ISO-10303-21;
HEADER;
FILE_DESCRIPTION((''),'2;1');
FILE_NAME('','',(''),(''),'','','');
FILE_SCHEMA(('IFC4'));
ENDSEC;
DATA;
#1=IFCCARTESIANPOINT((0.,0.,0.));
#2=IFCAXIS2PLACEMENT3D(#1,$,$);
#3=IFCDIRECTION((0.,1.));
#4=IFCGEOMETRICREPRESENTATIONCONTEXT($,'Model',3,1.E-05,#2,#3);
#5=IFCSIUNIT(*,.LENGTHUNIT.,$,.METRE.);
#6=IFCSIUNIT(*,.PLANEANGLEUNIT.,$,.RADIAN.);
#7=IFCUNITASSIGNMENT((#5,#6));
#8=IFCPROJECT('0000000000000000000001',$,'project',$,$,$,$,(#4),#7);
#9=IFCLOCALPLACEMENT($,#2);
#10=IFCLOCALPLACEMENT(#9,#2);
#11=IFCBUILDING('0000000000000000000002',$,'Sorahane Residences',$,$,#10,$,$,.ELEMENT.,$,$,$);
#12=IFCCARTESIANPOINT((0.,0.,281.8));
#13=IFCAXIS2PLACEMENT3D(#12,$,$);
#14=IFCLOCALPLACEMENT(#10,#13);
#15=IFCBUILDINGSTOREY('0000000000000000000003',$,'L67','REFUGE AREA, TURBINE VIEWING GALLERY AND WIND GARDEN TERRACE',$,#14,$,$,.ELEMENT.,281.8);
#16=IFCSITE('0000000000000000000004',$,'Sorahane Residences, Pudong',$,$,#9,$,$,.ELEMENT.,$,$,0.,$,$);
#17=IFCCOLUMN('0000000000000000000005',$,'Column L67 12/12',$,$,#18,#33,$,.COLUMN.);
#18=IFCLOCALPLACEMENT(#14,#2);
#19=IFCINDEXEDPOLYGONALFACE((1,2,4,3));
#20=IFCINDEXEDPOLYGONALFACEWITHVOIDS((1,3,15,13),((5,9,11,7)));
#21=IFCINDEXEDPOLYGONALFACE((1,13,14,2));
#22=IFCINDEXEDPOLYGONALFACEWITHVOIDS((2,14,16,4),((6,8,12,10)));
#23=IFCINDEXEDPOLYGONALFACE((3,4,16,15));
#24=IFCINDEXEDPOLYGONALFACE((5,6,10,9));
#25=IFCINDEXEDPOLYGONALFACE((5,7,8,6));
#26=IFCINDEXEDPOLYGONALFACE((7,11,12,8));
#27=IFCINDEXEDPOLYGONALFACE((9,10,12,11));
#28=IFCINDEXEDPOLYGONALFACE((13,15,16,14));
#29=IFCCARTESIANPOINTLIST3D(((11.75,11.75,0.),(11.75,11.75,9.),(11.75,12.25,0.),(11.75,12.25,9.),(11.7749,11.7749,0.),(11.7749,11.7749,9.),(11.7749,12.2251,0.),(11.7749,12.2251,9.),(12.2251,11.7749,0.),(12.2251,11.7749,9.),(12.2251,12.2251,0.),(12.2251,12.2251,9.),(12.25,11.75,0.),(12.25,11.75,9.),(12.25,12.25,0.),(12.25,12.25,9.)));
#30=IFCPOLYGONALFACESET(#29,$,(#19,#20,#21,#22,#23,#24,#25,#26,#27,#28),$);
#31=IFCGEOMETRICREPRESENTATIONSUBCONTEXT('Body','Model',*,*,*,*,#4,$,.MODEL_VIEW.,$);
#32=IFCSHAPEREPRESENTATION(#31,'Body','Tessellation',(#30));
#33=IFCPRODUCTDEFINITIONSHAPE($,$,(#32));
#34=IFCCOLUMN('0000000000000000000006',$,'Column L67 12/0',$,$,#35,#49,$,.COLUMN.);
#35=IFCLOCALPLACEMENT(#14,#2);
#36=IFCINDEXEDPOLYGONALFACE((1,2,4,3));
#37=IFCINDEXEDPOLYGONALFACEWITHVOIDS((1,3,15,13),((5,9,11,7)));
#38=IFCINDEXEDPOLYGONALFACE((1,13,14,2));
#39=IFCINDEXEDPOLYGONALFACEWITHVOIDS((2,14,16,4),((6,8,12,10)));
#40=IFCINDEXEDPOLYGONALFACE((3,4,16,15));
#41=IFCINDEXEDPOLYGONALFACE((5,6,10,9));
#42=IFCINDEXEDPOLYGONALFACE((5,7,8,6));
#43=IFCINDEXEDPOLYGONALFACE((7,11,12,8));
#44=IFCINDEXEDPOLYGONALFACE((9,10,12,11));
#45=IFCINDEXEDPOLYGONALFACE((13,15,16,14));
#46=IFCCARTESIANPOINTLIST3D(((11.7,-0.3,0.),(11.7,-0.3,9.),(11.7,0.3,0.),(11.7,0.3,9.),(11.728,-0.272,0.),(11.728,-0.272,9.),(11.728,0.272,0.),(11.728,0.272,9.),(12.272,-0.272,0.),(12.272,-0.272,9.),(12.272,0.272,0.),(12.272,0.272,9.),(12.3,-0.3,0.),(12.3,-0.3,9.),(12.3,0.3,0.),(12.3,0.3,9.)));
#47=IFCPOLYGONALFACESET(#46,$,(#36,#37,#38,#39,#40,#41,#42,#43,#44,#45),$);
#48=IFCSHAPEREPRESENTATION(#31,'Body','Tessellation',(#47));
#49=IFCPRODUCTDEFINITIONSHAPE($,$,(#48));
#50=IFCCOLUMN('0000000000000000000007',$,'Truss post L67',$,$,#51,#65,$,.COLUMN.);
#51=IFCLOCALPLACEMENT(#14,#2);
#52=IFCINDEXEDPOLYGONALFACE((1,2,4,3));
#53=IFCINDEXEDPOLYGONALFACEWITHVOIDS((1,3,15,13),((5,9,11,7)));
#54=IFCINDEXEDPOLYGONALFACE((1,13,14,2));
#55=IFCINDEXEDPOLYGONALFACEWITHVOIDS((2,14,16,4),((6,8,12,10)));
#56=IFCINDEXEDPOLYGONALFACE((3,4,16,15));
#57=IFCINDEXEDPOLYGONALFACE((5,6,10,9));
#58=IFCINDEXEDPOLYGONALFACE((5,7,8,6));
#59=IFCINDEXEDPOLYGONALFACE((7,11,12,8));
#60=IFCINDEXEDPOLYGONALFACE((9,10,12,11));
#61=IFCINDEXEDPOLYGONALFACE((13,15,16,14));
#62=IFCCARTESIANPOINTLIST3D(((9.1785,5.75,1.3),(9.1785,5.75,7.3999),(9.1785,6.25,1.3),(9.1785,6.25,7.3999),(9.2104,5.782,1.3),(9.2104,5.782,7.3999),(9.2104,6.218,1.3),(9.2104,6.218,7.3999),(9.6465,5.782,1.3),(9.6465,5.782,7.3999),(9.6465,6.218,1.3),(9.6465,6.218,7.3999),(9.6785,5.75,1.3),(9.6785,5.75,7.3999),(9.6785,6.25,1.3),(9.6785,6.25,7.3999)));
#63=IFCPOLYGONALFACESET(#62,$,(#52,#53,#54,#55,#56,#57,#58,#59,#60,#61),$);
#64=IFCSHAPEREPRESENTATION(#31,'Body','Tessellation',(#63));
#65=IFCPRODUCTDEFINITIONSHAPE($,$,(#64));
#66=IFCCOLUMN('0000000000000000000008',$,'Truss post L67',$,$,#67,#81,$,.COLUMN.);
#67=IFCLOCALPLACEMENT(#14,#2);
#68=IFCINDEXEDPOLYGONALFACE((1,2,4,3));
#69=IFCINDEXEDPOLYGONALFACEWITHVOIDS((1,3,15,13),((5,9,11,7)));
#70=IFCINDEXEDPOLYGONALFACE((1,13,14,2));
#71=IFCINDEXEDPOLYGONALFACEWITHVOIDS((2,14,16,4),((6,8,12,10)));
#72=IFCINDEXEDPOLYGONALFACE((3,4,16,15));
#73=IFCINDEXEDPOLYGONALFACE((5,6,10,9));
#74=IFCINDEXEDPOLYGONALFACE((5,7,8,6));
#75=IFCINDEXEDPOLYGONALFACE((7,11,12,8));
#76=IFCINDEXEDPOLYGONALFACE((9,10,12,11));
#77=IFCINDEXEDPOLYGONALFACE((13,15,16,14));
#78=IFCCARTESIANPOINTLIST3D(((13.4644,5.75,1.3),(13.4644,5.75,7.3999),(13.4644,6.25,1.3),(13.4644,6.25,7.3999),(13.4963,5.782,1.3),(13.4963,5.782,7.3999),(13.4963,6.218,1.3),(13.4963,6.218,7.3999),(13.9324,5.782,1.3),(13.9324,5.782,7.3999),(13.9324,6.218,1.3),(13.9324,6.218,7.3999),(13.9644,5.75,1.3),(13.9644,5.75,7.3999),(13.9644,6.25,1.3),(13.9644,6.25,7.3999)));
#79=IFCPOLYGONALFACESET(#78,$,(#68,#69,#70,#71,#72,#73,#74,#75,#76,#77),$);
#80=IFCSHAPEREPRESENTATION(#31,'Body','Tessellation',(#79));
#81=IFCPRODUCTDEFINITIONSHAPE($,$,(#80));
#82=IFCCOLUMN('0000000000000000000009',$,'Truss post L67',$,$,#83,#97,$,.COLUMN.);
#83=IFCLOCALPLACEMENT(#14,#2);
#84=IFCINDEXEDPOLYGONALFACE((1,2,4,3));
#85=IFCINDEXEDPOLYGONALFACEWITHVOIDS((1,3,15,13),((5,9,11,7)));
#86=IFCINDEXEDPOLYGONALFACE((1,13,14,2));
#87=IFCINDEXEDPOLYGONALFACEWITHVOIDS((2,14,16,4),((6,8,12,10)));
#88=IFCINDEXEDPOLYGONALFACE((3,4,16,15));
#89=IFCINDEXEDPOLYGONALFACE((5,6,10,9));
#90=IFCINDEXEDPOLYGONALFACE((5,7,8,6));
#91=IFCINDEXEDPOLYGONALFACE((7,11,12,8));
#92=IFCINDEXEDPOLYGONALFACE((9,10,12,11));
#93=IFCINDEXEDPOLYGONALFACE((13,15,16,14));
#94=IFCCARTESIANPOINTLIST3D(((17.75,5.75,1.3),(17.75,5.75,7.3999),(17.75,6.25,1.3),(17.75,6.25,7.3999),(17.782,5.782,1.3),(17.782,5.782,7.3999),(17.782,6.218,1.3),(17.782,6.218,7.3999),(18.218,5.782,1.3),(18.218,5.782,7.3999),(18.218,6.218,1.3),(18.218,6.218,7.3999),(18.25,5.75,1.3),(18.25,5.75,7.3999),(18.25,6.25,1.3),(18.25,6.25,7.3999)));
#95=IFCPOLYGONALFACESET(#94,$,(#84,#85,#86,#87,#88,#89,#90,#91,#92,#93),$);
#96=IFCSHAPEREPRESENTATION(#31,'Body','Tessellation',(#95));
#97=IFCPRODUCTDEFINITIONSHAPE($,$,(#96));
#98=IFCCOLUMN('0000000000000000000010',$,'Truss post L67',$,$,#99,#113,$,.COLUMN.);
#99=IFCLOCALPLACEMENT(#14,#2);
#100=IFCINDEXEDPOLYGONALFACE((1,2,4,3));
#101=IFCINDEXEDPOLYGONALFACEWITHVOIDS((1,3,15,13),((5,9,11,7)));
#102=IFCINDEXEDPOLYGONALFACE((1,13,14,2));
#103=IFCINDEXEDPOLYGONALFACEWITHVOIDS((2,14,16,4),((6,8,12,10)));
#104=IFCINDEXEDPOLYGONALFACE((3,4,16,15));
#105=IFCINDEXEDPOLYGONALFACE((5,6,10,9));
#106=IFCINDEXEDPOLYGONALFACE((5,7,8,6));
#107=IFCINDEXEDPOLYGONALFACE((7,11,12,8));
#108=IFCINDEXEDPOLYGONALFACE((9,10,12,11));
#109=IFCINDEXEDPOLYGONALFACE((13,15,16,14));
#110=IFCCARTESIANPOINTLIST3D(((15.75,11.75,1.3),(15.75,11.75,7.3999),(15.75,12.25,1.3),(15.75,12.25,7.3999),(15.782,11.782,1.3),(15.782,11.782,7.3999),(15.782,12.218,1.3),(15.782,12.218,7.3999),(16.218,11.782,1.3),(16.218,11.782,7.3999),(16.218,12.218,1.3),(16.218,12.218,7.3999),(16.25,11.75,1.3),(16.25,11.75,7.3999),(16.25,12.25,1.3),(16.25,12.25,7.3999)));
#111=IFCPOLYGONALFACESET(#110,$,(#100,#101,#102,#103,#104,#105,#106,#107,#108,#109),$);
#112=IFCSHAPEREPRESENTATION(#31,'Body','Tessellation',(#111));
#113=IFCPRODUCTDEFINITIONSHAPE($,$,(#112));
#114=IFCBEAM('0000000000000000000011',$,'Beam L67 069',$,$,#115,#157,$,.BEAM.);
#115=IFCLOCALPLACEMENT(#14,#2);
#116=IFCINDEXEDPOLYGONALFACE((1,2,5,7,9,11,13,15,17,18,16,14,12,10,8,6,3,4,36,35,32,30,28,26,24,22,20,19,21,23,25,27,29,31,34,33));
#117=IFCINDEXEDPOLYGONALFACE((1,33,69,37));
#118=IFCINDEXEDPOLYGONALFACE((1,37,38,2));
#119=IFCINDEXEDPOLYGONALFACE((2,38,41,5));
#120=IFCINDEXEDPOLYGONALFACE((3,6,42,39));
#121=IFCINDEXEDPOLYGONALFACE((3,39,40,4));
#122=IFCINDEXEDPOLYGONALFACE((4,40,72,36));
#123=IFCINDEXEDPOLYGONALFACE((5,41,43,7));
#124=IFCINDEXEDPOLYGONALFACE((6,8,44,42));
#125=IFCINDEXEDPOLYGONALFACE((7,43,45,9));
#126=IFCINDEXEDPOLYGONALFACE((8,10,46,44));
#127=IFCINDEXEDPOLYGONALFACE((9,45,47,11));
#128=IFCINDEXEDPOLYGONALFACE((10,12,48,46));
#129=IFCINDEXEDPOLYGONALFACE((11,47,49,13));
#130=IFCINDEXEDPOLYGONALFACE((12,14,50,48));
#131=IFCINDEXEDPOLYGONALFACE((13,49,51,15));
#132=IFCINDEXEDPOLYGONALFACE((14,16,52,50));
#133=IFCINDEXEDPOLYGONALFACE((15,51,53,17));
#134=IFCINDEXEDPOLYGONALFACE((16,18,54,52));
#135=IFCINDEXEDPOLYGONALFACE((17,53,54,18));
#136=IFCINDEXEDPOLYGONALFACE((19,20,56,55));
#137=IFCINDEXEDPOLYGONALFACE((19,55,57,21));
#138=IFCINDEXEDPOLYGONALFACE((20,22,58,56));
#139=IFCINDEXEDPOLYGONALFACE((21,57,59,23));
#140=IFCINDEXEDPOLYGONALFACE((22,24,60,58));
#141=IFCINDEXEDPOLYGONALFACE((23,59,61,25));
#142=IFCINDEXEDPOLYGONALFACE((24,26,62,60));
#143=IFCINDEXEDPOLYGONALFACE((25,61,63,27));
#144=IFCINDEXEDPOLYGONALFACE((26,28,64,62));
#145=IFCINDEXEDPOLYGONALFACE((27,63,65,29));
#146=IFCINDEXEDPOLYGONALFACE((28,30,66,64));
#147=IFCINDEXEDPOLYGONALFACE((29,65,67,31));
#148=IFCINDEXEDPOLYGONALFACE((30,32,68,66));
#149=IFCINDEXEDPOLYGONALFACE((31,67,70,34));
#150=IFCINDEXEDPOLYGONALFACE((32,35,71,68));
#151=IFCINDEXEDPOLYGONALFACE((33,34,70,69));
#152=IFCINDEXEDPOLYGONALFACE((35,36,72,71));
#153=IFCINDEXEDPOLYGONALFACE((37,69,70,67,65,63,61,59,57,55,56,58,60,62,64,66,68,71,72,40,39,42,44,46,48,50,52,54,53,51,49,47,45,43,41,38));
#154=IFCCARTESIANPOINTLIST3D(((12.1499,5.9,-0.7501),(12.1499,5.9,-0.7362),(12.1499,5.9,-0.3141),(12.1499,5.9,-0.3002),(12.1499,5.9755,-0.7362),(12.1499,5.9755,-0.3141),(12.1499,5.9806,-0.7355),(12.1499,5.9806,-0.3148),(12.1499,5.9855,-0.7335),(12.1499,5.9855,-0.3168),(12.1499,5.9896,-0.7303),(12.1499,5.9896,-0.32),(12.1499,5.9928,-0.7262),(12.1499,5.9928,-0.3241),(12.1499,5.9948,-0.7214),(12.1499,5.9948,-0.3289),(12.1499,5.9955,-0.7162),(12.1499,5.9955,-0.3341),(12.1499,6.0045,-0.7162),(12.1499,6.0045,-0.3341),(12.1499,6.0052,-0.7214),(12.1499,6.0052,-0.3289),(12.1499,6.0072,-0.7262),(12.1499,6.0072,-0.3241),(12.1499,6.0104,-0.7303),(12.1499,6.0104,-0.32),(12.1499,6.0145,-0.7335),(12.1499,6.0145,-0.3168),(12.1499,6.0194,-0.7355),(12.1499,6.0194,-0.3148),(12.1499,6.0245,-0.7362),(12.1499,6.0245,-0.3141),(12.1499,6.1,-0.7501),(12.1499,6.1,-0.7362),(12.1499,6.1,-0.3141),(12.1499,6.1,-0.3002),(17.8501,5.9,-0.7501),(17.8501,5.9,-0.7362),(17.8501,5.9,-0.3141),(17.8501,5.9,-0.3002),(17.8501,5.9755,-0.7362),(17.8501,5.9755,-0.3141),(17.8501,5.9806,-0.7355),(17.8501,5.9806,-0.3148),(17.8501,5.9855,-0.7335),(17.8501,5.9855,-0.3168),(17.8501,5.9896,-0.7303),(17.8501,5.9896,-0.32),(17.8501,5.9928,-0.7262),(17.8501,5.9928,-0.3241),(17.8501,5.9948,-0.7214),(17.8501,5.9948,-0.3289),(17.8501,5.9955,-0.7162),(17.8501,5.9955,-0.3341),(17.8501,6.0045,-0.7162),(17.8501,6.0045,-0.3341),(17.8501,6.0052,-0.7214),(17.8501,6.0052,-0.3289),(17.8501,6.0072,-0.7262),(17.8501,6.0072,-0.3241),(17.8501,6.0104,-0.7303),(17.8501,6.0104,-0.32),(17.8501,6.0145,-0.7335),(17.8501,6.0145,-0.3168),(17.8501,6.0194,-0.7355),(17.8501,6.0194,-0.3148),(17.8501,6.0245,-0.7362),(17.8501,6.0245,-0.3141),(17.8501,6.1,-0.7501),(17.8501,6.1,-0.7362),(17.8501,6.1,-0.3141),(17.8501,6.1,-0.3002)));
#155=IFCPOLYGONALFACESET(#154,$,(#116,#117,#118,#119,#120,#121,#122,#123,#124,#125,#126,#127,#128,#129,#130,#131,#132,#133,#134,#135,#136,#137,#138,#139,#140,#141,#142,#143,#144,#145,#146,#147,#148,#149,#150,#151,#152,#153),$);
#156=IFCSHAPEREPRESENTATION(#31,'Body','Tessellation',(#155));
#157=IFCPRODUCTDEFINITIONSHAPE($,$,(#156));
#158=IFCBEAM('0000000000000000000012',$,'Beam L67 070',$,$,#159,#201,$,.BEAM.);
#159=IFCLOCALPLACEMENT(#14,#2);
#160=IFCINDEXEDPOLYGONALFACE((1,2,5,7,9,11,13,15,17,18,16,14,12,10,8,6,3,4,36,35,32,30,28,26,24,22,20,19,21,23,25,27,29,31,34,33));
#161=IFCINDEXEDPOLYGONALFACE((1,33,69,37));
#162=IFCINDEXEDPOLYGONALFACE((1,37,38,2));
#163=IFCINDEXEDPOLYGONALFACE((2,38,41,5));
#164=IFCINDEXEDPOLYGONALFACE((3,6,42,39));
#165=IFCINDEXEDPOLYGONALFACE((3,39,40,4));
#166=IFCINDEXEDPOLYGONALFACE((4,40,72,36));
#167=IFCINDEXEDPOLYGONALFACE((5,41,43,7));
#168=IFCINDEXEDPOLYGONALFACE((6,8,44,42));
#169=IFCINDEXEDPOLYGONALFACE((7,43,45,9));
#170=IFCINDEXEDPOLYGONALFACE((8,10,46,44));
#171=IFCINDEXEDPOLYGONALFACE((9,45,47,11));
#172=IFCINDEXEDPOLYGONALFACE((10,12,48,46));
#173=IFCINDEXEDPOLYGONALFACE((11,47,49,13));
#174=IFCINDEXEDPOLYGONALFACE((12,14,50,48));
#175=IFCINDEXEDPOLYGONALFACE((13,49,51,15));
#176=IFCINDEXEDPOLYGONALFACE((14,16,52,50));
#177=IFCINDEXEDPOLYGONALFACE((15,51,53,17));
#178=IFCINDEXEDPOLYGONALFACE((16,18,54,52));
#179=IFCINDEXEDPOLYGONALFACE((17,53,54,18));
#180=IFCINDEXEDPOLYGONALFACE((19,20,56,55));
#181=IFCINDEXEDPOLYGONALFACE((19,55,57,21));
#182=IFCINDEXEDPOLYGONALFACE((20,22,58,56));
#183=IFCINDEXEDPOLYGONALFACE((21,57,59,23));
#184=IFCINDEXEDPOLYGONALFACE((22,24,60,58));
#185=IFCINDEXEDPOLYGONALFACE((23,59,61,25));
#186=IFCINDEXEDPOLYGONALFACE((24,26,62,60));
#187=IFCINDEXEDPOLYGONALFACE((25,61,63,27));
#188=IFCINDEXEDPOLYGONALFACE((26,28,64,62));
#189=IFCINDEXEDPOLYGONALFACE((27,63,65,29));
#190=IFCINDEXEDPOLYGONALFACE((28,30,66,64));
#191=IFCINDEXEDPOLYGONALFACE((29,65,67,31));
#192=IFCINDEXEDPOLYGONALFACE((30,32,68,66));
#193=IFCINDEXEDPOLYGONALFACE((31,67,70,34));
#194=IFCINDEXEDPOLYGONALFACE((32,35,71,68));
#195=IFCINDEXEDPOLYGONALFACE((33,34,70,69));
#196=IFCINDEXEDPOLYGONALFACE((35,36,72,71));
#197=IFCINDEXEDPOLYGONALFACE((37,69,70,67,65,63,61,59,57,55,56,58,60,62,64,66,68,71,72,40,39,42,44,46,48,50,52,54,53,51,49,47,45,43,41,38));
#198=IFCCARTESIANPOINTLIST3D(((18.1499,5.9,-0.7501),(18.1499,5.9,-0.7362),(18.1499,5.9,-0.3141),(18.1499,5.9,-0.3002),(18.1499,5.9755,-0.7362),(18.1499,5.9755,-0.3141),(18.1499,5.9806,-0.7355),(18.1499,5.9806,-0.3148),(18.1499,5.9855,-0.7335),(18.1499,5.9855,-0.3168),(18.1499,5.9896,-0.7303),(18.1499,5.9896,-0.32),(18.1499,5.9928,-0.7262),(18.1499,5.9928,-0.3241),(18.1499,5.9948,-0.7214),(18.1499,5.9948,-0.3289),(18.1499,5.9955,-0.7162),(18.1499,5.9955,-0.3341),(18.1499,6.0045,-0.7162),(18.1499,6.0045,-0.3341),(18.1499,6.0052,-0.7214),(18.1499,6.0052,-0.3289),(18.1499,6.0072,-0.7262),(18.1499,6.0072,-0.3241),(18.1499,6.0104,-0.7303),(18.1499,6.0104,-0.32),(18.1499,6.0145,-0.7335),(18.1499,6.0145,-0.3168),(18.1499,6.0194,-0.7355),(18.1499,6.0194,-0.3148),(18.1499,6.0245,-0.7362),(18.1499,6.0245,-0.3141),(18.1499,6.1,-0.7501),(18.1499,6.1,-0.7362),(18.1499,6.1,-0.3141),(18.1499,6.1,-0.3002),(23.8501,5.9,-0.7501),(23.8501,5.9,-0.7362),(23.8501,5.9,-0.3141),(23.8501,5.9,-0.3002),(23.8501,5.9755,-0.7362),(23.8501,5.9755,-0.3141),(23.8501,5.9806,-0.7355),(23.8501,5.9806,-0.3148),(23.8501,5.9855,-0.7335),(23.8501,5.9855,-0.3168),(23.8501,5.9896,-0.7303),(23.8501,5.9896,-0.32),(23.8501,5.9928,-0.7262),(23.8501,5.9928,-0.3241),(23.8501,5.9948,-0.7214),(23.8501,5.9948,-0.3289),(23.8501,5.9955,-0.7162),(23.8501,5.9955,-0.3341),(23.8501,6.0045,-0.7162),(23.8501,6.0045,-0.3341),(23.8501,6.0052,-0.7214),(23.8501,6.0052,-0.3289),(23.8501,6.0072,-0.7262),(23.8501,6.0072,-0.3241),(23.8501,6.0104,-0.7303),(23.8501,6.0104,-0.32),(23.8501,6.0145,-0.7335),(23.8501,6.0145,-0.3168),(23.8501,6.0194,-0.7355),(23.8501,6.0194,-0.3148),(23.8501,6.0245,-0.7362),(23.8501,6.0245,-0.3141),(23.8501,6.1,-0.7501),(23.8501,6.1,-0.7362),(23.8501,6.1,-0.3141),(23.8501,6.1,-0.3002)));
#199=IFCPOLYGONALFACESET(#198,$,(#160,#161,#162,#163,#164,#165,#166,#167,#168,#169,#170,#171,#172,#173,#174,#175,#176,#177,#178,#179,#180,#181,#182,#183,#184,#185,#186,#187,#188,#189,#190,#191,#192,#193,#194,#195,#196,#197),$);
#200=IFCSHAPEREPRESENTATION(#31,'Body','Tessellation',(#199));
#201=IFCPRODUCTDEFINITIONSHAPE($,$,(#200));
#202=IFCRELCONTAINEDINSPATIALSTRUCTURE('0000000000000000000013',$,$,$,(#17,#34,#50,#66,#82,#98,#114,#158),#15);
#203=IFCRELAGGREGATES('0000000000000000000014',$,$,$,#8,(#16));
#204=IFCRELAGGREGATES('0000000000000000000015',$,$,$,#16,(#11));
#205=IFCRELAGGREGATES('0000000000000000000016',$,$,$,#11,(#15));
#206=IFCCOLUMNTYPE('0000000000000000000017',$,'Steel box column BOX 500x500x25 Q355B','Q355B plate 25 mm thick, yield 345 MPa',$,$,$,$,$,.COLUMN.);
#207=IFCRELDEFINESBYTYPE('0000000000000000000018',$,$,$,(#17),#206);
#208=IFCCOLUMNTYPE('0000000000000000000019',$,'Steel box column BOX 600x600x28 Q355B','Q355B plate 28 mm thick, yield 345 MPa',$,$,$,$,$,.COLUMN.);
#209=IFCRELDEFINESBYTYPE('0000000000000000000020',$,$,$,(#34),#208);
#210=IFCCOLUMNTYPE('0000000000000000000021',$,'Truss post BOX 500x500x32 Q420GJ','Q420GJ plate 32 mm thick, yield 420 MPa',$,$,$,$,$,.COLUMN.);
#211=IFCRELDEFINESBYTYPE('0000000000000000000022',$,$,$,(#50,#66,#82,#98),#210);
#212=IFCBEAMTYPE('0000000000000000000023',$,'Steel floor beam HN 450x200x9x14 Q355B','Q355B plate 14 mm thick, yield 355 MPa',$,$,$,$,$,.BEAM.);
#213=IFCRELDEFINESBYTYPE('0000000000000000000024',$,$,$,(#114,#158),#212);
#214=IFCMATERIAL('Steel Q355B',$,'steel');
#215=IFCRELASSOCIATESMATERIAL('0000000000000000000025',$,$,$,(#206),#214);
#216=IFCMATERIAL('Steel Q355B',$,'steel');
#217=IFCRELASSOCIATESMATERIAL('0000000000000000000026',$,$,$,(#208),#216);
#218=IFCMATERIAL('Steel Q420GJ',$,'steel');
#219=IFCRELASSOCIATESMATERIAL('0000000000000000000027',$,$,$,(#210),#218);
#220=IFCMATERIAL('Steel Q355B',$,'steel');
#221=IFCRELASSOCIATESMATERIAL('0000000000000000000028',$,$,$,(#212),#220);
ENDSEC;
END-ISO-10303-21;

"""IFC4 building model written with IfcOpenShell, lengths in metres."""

from ifc_helpers import new_model, si_unit, direction, frame, origin, origin_2d, place, context, subcontext, project, spatial, hollow_rectangle, i_section, extrude, material, material_profile, profile_set, type_object, element, save


model = new_model("IFC4")

# Units and contexts
model_context = context("Model", 3, precision=1e-05, world=origin(), true_north=direction((0.0, 1.0)))
body_context = subcontext(model_context, "Body", "Model", "MODEL_VIEW")
ifc_project = project(units=[si_unit("LENGTHUNIT", "METRE"), si_unit("PLANEANGLEUNIT", "RADIAN")], contexts=[model_context])

# Site, building, storey
site_placement = place(None, origin())
site = spatial("IfcSite", under=ifc_project, at=site_placement, Name="Sorahane Residences, Pudong", CompositionType="ELEMENT", RefElevation=0.0)
building_placement = place(site_placement, origin())
building = spatial("IfcBuilding", under=site, at=building_placement, Name="Sorahane Residences", CompositionType="ELEMENT")
storey_placement = place(building_placement, frame((0.0, 0.0, 281.8)))
storey = spatial("IfcBuildingStorey", under=building, at=storey_placement, Name="L67", Description="REFUGE AREA, TURBINE VIEWING GALLERY AND WIND GARDEN TERRACE", CompositionType="ELEMENT", Elevation=281.8)

# Columns
ifc_material_1 = material(Name="Steel Q355B", Category="steel")
ifc_material_profile_1 = material_profile(ifc_material_1, hollow_rectangle(XDim=0.5, YDim=0.5, WallThickness=0.0249, at=origin_2d()), Name="BOX 500x500x25")
ifc_profile_set_1 = profile_set([ifc_material_profile_1], Name="Steel Q355B")
column_type_1 = type_object("IfcColumnType", Name="Steel box column BOX 500x500x25 Q355B", Description="Q355B plate 25 mm thick, yield 345 MPa", PredefinedType="COLUMN", material=ifc_profile_set_1)
column_1_placement = place(storey_placement, frame((12.0, 12.0, 0.0), z_axis=(0.0, 0.0, 1.0), x_axis=(1.0, 0.0, 0.0)))
element("IfcColumn", 1, at=column_1_placement, inside=storey, type_object=column_type_1, Name="Column L67 12/12", PredefinedType="COLUMN", context=body_context, shape_type="SweptSolid", body=[
    extrude(hollow_rectangle(XDim=0.5, YDim=0.5, WallThickness=0.0249, at=origin_2d()), origin(), (0.0, 0.0, 1.0), 9.0),
])
ifc_material_2 = material(Name="Steel Q355B", Category="steel")
ifc_material_profile_2 = material_profile(ifc_material_2, hollow_rectangle(XDim=0.6001, YDim=0.6001, WallThickness=0.0281, at=origin_2d()), Name="BOX 600x600x28")
ifc_profile_set_2 = profile_set([ifc_material_profile_2], Name="Steel Q355B")
column_type_2 = type_object("IfcColumnType", Name="Steel box column BOX 600x600x28 Q355B", Description="Q355B plate 28 mm thick, yield 345 MPa", PredefinedType="COLUMN", material=ifc_profile_set_2)
column_2_placement = place(storey_placement, frame((12.0, 0.0, 0.0), z_axis=(0.0, 0.0, 1.0), x_axis=(1.0, 0.0, 0.0)))
element("IfcColumn", 2, at=column_2_placement, inside=storey, type_object=column_type_2, Name="Column L67 12/0", PredefinedType="COLUMN", context=body_context, shape_type="SweptSolid", body=[
    extrude(hollow_rectangle(XDim=0.6001, YDim=0.6001, WallThickness=0.0281, at=origin_2d()), origin(), (0.0, 0.0, 1.0), 9.0),
])
ifc_material_3 = material(Name="Steel Q420GJ", Category="steel")
ifc_material_profile_3 = material_profile(ifc_material_3, hollow_rectangle(XDim=0.5, YDim=0.5, WallThickness=0.032, at=origin_2d()), Name="BOX 500x500x32")
ifc_profile_set_3 = profile_set([ifc_material_profile_3], Name="Steel Q420GJ")
column_type_3 = type_object("IfcColumnType", Name="Truss post BOX 500x500x32 Q420GJ", Description="Q420GJ plate 32 mm thick, yield 420 MPa", PredefinedType="COLUMN", material=ifc_profile_set_3)
for number, where, z_axis, x_axis, name in (
    (3, (9.4285, 6.0, 1.3), (0.0, 0.0, 1.0), (1.0, 0.0, 0.0), "Truss post L67"),
    (4, (13.7144, 6.0, 1.3), (0.0, 0.0, 1.0), (1.0, 0.0, 0.0), "Truss post L67"),
    (5, (18.0, 6.0, 1.3), (0.0, 0.0, 1.0), (1.0, 0.0, 0.0), "Truss post L67"),
    (6, (16.0, 12.0, 1.3), (0.0, 0.0, 1.0), (1.0, 0.0, 0.0), "Truss post L67"),
):
    element("IfcColumn", number, at=place(storey_placement, frame(where, z_axis=z_axis, x_axis=x_axis)), inside=storey, type_object=column_type_3, Name=name, PredefinedType="COLUMN", context=body_context, shape_type="SweptSolid", body=[
        extrude(hollow_rectangle(XDim=0.5, YDim=0.5, WallThickness=0.032, at=origin_2d()), origin(), (0.0, 0.0, 1.0), 6.0999),
    ])

# Beams
ifc_material_4 = material(Name="Steel Q355B", Category="steel")
ifc_material_profile_4 = material_profile(ifc_material_4, i_section(OverallWidth=0.2, OverallDepth=0.45, WebThickness=0.009, FlangeThickness=0.0139, FilletRadius=0.02, at=origin_2d()), Name="HN 450x200x9x14")
ifc_profile_set_4 = profile_set([ifc_material_profile_4], Name="Steel Q355B")
beam_type_1 = type_object("IfcBeamType", Name="Steel floor beam HN 450x200x9x14 Q355B", Description="Q355B plate 14 mm thick, yield 355 MPa", PredefinedType="BEAM", material=ifc_profile_set_4)
for number, where, z_axis, x_axis, name in (
    (7, (12.1499, 6.0, -0.5251), (1.0, 0.0, 0.0), (0.0, 1.0, 0.0), "Beam L67 069"),
    (8, (18.1499, 6.0, -0.5251), (1.0, 0.0, 0.0), (0.0, 1.0, 0.0), "Beam L67 070"),
):
    element("IfcBeam", number, at=place(storey_placement, frame(where, z_axis=z_axis, x_axis=x_axis)), inside=storey, type_object=beam_type_1, Name=name, PredefinedType="BEAM", context=body_context, shape_type="SweptSolid", body=[
        extrude(i_section(OverallWidth=0.2, OverallDepth=0.45, WebThickness=0.009, FlangeThickness=0.0139, FilletRadius=0.02, at=origin_2d()), origin(), (0.0, 0.0, 1.0), 5.7002),
    ])

save(model, "model.ifc")
